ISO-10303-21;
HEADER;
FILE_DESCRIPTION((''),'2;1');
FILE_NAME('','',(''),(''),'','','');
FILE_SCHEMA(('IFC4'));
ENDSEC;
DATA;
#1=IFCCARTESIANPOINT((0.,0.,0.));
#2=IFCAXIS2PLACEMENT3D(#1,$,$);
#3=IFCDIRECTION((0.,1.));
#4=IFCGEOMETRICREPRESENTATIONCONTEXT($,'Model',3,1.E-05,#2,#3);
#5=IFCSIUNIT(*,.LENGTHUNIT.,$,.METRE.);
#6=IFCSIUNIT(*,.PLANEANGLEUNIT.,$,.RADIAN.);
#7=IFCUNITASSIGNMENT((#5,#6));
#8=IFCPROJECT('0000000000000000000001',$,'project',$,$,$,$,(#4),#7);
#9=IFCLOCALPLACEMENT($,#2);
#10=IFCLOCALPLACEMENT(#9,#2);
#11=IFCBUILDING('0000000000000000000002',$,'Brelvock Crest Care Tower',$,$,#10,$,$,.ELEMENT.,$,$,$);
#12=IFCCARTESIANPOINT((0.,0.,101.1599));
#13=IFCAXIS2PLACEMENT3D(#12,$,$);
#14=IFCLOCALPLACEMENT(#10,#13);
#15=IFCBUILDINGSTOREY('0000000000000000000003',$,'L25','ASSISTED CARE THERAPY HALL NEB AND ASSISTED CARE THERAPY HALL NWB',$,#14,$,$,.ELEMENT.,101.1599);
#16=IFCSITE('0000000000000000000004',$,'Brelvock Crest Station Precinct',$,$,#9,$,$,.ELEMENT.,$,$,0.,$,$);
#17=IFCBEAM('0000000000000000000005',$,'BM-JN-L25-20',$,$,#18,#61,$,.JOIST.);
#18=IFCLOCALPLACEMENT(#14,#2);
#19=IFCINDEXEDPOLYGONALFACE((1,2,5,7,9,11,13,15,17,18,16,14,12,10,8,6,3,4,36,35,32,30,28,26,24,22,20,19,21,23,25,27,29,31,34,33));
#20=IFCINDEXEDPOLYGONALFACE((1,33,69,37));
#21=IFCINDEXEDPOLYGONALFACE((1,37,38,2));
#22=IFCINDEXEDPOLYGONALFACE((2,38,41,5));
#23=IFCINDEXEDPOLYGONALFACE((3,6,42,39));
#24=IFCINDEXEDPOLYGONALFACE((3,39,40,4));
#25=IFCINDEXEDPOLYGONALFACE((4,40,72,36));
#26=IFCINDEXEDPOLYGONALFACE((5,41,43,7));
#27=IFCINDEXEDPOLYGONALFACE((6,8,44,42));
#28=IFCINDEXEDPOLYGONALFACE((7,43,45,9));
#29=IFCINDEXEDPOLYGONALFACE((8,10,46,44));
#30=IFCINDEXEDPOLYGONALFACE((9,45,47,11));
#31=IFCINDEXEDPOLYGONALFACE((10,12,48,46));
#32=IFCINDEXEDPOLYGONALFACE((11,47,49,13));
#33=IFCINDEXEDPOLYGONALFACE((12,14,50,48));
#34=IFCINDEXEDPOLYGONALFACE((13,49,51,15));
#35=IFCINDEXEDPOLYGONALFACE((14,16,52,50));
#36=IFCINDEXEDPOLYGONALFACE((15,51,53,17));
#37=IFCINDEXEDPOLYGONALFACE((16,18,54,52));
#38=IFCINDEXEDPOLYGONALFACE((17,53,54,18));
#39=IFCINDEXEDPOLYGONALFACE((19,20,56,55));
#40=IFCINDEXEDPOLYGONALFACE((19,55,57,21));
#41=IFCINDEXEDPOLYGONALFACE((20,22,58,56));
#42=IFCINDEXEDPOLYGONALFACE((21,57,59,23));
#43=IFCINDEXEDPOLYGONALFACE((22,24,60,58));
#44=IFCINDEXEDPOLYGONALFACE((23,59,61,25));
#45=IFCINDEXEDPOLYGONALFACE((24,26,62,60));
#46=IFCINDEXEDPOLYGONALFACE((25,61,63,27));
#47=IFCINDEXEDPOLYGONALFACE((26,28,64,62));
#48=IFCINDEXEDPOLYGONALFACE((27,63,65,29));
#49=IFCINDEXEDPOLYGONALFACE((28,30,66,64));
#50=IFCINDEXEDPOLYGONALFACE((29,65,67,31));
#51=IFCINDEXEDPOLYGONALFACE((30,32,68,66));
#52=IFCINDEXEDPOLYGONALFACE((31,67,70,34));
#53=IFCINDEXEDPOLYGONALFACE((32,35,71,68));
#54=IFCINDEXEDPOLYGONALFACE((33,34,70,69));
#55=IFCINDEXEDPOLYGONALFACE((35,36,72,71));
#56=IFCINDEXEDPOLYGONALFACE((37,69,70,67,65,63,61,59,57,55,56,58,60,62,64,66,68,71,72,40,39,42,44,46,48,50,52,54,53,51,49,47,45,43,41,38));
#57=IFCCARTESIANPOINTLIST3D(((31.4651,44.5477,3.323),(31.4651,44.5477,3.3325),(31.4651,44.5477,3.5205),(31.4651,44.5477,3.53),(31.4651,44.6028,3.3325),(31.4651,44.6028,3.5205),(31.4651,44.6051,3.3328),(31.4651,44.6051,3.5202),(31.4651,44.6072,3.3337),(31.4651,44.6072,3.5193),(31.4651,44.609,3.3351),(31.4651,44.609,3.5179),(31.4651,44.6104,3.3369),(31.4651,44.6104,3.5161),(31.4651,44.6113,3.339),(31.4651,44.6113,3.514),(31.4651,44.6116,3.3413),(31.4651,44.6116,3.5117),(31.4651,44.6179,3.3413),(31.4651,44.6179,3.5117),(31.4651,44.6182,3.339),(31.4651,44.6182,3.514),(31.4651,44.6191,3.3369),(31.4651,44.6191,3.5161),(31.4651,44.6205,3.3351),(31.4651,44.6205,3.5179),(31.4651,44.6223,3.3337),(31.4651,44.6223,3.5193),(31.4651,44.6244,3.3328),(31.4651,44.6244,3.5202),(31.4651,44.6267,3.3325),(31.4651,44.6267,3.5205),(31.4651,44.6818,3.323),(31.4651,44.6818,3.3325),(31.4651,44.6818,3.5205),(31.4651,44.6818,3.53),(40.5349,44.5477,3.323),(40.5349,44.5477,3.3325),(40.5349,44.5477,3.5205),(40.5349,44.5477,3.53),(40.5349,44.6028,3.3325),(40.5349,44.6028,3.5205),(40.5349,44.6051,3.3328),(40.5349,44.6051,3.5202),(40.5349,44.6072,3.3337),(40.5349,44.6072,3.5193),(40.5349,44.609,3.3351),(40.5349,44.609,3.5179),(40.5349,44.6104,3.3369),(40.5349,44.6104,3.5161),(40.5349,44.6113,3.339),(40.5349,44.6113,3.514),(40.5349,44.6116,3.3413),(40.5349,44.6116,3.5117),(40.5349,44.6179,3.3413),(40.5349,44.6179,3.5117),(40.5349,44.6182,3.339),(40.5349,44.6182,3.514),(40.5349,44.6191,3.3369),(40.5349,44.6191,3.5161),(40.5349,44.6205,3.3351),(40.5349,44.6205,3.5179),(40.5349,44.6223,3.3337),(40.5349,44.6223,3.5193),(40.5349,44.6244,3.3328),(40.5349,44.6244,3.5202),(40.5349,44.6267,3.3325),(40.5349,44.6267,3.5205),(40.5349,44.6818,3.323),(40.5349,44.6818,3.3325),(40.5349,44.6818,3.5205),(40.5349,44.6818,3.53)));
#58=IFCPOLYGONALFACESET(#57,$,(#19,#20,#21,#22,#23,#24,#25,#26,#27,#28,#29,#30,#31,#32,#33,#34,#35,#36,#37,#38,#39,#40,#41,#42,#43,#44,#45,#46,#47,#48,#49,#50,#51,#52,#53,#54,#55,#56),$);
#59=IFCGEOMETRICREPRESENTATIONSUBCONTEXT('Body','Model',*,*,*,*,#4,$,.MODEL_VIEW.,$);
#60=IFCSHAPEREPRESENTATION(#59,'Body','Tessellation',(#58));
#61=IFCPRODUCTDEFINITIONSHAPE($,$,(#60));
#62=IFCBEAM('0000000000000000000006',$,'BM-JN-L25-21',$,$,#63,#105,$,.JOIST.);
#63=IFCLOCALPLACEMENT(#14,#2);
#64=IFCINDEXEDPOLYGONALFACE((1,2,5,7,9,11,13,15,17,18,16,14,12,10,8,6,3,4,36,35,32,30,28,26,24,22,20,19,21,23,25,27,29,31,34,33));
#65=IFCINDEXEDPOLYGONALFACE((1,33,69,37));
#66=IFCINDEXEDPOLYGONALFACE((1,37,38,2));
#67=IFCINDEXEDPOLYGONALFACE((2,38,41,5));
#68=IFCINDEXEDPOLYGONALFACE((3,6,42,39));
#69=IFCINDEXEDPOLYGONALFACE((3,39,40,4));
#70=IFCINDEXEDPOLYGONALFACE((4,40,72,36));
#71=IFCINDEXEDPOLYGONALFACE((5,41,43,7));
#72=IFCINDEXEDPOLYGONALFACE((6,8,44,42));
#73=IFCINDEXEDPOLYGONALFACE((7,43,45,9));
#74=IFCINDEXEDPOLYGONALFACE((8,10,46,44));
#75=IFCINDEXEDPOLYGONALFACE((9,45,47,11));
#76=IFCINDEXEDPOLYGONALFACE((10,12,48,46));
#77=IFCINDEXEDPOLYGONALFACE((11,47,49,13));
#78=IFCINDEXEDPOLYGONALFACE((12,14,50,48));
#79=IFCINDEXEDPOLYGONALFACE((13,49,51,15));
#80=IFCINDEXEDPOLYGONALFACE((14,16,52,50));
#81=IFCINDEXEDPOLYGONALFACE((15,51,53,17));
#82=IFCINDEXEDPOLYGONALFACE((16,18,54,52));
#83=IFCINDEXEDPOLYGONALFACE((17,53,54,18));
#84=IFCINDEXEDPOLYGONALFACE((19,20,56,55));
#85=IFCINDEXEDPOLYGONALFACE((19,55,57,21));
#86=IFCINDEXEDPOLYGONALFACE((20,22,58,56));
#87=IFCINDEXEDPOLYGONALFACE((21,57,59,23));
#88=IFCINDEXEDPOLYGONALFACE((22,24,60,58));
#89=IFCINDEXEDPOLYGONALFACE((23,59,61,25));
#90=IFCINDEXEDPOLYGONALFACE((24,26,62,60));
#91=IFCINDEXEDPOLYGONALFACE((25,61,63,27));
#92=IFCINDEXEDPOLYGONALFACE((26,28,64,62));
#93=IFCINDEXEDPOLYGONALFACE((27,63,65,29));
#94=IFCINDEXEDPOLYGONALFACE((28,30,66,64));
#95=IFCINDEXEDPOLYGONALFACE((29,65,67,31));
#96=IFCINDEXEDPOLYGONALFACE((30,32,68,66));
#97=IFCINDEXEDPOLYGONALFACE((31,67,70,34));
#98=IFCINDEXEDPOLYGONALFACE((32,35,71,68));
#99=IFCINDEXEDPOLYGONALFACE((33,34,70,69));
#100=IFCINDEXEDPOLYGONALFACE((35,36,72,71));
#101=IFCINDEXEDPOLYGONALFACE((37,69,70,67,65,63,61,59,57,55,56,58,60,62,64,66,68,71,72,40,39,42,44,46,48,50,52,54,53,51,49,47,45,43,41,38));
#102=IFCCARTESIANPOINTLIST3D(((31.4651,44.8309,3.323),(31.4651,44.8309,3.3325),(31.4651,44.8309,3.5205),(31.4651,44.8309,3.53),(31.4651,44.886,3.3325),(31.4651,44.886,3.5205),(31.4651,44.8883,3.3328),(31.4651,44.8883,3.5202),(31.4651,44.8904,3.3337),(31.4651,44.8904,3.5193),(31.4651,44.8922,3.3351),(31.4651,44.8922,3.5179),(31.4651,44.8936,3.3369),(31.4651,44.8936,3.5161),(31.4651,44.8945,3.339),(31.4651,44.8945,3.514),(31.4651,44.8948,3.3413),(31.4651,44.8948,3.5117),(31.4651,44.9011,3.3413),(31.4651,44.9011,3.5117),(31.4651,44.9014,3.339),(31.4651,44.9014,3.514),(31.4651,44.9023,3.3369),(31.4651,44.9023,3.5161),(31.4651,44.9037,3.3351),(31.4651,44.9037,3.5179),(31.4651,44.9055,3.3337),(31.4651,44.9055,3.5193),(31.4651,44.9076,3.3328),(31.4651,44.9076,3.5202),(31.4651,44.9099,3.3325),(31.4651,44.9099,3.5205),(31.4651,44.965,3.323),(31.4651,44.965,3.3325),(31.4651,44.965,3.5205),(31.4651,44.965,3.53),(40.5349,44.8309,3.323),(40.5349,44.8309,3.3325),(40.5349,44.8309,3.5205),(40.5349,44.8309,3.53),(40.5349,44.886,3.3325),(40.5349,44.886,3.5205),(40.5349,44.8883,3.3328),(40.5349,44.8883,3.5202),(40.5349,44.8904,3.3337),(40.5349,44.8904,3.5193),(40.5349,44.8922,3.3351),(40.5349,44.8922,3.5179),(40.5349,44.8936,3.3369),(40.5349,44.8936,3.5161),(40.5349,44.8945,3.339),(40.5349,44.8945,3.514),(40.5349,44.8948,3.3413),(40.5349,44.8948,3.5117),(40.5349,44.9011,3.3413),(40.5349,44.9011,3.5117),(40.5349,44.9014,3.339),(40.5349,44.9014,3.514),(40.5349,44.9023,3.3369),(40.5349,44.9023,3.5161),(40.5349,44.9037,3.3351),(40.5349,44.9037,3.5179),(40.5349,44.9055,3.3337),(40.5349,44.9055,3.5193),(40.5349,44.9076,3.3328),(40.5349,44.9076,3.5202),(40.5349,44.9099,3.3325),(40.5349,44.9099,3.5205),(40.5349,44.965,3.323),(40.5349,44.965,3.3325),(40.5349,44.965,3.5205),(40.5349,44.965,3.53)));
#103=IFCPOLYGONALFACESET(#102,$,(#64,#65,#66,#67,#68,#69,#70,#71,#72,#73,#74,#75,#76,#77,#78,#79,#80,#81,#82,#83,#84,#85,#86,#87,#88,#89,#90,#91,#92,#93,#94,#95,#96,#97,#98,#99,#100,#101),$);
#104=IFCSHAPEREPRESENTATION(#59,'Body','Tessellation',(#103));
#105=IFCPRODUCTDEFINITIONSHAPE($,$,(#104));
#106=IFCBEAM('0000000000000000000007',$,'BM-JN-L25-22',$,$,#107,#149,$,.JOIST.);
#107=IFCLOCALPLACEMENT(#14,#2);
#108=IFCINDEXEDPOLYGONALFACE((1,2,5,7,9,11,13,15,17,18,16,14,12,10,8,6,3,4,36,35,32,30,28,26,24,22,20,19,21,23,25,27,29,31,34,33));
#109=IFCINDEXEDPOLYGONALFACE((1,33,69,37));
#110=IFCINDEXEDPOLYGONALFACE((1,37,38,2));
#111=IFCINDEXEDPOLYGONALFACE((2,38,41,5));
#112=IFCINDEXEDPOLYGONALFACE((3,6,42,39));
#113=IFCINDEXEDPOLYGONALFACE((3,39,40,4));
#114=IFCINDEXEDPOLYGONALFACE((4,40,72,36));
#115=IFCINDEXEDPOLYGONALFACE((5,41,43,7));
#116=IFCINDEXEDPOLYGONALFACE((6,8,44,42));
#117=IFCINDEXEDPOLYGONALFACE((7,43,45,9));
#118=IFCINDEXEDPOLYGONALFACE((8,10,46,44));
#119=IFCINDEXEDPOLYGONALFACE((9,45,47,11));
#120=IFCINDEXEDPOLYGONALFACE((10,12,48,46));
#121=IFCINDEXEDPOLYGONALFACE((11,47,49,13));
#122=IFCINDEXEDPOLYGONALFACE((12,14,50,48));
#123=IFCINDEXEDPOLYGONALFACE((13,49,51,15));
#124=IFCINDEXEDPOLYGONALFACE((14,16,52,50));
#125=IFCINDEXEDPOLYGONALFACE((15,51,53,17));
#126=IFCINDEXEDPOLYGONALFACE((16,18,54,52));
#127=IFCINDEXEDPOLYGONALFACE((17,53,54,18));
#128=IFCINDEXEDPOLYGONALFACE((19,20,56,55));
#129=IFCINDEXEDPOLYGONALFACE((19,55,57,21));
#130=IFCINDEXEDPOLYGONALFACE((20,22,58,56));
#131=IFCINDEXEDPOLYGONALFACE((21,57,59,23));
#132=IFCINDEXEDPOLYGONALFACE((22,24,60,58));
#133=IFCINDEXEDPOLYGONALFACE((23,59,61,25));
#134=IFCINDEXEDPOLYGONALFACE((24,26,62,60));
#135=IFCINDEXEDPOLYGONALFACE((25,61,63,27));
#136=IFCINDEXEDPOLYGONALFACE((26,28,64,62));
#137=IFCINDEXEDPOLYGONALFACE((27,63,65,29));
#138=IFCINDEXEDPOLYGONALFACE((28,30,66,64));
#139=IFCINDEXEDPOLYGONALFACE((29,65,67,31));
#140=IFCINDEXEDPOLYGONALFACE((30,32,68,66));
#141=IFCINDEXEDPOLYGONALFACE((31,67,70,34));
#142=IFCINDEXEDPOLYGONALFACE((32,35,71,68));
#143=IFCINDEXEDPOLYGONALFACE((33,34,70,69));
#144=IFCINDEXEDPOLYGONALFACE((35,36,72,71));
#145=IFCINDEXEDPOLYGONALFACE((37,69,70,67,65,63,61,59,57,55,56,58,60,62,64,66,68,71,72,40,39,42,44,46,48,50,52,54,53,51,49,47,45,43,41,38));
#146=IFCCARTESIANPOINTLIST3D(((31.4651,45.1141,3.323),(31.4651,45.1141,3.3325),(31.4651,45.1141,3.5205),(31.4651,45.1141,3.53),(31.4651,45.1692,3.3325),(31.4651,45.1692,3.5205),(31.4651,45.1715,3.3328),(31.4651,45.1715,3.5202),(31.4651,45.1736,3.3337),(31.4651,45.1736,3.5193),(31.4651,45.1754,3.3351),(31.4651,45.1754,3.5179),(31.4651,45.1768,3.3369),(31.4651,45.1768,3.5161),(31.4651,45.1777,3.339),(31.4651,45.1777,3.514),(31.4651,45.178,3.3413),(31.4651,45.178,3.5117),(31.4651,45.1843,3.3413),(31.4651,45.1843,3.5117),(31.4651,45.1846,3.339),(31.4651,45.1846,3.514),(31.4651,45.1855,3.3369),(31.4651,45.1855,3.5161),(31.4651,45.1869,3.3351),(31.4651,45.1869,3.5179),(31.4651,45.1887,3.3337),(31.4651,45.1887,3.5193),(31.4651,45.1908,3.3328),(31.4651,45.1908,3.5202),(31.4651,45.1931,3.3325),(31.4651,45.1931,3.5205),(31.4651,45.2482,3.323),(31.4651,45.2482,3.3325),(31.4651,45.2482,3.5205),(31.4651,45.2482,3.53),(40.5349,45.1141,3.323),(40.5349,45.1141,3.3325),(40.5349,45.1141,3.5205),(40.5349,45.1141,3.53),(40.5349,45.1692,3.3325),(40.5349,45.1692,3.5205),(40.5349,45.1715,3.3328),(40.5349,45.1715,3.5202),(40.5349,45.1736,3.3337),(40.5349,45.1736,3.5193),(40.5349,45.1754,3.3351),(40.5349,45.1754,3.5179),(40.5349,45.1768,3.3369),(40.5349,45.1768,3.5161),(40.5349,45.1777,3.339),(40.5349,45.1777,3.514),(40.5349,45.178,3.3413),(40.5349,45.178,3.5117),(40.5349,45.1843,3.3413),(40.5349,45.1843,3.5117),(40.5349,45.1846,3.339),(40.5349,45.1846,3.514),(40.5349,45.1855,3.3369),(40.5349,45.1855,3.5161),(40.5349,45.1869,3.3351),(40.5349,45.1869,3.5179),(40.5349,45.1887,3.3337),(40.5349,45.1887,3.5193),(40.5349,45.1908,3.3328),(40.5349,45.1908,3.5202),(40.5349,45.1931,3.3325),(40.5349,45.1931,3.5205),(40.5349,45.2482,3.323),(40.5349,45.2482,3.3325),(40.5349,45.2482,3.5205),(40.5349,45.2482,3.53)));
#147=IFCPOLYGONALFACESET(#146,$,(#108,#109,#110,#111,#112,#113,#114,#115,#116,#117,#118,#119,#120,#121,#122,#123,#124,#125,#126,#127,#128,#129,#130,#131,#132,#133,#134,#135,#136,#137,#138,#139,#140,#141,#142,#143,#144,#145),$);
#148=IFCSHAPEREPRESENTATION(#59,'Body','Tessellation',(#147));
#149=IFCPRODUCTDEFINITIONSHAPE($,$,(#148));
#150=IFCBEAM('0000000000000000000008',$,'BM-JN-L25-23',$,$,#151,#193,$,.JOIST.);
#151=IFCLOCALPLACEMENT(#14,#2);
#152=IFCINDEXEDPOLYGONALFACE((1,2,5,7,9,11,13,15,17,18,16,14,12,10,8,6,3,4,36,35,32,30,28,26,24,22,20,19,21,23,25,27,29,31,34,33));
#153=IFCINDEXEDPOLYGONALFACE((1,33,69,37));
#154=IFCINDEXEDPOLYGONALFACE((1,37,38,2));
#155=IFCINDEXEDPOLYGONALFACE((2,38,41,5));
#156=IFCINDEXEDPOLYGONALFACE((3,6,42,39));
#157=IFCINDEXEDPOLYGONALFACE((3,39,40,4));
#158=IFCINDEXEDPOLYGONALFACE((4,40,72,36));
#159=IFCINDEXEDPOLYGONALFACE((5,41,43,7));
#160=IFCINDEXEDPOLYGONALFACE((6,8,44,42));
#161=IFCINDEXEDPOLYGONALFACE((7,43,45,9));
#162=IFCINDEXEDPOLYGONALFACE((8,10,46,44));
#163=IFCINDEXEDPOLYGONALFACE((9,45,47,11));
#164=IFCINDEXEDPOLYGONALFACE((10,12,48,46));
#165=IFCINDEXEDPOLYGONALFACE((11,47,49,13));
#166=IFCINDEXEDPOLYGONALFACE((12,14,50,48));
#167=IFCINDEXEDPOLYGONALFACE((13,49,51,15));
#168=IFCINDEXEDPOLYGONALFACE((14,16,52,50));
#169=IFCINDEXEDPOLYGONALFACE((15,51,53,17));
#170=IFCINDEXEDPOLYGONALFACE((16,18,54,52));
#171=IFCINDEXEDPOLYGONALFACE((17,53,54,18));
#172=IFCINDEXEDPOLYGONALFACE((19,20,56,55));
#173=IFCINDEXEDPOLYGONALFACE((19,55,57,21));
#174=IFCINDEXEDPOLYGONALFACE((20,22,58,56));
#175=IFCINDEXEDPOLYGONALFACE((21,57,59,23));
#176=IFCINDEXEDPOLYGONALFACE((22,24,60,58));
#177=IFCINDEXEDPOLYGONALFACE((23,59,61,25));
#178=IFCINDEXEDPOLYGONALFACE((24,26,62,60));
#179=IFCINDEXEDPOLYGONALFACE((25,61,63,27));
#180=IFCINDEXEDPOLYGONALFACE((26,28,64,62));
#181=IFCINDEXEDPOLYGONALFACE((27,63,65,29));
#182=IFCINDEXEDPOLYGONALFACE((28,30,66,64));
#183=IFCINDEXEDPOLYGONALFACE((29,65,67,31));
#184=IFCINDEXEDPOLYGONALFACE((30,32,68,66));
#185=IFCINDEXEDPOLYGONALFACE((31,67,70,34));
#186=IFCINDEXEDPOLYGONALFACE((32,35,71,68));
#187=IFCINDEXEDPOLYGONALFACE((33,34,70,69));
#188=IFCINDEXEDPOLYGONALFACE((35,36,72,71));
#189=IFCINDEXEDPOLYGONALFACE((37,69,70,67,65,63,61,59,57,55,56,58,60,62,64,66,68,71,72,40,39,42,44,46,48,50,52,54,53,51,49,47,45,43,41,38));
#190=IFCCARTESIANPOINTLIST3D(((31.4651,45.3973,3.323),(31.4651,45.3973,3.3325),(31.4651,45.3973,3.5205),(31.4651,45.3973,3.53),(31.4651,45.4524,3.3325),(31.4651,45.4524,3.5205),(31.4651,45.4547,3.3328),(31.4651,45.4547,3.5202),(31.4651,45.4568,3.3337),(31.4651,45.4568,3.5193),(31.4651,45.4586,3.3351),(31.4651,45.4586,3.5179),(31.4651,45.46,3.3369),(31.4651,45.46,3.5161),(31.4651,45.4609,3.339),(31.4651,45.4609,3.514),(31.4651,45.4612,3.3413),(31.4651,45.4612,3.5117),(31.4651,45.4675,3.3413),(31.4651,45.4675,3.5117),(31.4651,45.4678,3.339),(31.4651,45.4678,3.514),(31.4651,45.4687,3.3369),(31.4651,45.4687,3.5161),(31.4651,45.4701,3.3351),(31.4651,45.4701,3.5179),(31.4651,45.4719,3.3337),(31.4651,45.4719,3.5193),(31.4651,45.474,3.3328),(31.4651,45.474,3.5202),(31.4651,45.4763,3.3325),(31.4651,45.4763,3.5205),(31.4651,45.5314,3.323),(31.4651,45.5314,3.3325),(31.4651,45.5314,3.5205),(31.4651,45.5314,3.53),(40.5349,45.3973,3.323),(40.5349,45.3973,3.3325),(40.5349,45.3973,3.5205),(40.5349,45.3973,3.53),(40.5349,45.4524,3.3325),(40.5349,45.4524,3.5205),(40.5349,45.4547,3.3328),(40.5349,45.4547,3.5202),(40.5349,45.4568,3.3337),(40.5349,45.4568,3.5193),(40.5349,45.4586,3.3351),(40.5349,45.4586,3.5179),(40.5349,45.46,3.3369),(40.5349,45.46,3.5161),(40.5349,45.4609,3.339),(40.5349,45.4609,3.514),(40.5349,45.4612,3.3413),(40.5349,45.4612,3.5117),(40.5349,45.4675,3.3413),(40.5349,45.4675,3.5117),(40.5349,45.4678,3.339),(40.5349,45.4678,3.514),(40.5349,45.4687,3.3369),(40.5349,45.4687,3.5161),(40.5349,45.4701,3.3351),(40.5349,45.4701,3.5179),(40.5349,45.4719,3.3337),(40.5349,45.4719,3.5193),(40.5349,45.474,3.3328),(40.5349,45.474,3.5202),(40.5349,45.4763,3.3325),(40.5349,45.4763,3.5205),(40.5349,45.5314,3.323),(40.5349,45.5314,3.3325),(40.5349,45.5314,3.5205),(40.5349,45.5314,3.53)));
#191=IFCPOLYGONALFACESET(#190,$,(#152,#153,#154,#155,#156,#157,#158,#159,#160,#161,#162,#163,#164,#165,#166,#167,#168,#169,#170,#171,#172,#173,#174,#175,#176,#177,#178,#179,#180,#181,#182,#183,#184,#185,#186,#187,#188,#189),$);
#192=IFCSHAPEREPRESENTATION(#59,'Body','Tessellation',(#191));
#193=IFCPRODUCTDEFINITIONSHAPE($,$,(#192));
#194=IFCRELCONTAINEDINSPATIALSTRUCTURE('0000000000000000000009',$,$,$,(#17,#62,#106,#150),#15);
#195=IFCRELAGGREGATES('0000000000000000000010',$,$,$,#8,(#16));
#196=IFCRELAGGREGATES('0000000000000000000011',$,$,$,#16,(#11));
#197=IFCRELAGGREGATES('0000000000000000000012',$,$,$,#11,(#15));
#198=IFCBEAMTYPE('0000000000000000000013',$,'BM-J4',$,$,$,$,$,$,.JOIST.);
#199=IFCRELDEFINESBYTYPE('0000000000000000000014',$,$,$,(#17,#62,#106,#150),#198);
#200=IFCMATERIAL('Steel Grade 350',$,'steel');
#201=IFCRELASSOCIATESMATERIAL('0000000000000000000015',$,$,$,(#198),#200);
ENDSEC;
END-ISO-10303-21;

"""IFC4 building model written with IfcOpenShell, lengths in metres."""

from ifc_helpers import new_model, si_unit, direction, frame, origin, origin_2d, place, context, subcontext, project, spatial, i_section, extrude, source, transform, mapped, material, material_profile, profile_set, type_object, element, save


model = new_model("IFC4")

# Units and contexts
model_context = context("Model", 3, precision=1e-05, world=origin(), true_north=direction((0.0, 1.0)))
body_context = subcontext(model_context, "Body", "Model", "MODEL_VIEW")
ifc_project = project(units=[si_unit("LENGTHUNIT", "METRE"), si_unit("PLANEANGLEUNIT", "RADIAN")], contexts=[model_context])

# Site, building, storey
site_placement = place(None, origin())
site = spatial("IfcSite", under=ifc_project, at=site_placement, Name="Brelvock Crest Station Precinct", CompositionType="ELEMENT", RefElevation=0.0)
building_placement = place(site_placement, origin())
building = spatial("IfcBuilding", under=site, at=building_placement, Name="Brelvock Crest Care Tower", CompositionType="ELEMENT")
storey_placement = place(building_placement, frame((0.0, 0.0, 101.1599)))
storey = spatial("IfcBuildingStorey", under=building, at=storey_placement, Name="L25", Description="ASSISTED CARE THERAPY HALL NEB AND ASSISTED CARE THERAPY HALL NWB", CompositionType="ELEMENT", Elevation=101.1599)

# Shared definitions
ifc_material_1 = material(Name="Steel Grade 350", Category="steel")

# Beams
ifc_material_profile_1 = material_profile(ifc_material_1, i_section(OverallWidth=0.134, OverallDepth=0.207, WebThickness=0.0063, FlangeThickness=0.0095, FilletRadius=0.0088, at=origin_2d()), Name="200UB29.8")
ifc_profile_set_1 = profile_set([ifc_material_profile_1], Name="Steel Grade 350")
beam_type_1 = type_object("IfcBeamType", Name="BM-J4", PredefinedType="JOIST", material=ifc_profile_set_1)
shared_shape_1 = source(origin(), body_context, "Body", "SweptSolid", [
    extrude(i_section(OverallWidth=0.134, OverallDepth=0.207, WebThickness=0.0063, FlangeThickness=0.0095, FilletRadius=0.0088, at=origin_2d()), origin(), (0.0, 0.0, 1.0), 9.0698),
])
for number, where, z_axis, x_axis, name in (
    (1, (31.4651, 44.6147, 3.4265), (1.0, 0.0, 0.0), (0.0, 1.0, 0.0), "BM-JN-L25-20"),
    (2, (31.4651, 44.8979, 3.4265), (1.0, 0.0, 0.0), (0.0, 1.0, 0.0), "BM-JN-L25-21"),
    (3, (31.4651, 45.1812, 3.4265), (1.0, 0.0, 0.0), (0.0, 1.0, 0.0), "BM-JN-L25-22"),
    (4, (31.4651, 45.4644, 3.4265), (1.0, 0.0, 0.0), (0.0, 1.0, 0.0), "BM-JN-L25-23"),
):
    element("IfcBeam", number, at=place(storey_placement, frame(where, z_axis=z_axis, x_axis=x_axis)), inside=storey, type_object=beam_type_1, Name=name, PredefinedType="JOIST", context=body_context, shape_type="MappedRepresentation", body=[
        mapped(shared_shape_1, transform((0.0, 0.0, 0.0), x_axis=(1.0, 0.0, 0.0), y_axis=(0.0, 1.0, 0.0), z_axis=(0.0, 0.0, 1.0), scale=1.0)),
    ])

save(model, "model.ifc")
